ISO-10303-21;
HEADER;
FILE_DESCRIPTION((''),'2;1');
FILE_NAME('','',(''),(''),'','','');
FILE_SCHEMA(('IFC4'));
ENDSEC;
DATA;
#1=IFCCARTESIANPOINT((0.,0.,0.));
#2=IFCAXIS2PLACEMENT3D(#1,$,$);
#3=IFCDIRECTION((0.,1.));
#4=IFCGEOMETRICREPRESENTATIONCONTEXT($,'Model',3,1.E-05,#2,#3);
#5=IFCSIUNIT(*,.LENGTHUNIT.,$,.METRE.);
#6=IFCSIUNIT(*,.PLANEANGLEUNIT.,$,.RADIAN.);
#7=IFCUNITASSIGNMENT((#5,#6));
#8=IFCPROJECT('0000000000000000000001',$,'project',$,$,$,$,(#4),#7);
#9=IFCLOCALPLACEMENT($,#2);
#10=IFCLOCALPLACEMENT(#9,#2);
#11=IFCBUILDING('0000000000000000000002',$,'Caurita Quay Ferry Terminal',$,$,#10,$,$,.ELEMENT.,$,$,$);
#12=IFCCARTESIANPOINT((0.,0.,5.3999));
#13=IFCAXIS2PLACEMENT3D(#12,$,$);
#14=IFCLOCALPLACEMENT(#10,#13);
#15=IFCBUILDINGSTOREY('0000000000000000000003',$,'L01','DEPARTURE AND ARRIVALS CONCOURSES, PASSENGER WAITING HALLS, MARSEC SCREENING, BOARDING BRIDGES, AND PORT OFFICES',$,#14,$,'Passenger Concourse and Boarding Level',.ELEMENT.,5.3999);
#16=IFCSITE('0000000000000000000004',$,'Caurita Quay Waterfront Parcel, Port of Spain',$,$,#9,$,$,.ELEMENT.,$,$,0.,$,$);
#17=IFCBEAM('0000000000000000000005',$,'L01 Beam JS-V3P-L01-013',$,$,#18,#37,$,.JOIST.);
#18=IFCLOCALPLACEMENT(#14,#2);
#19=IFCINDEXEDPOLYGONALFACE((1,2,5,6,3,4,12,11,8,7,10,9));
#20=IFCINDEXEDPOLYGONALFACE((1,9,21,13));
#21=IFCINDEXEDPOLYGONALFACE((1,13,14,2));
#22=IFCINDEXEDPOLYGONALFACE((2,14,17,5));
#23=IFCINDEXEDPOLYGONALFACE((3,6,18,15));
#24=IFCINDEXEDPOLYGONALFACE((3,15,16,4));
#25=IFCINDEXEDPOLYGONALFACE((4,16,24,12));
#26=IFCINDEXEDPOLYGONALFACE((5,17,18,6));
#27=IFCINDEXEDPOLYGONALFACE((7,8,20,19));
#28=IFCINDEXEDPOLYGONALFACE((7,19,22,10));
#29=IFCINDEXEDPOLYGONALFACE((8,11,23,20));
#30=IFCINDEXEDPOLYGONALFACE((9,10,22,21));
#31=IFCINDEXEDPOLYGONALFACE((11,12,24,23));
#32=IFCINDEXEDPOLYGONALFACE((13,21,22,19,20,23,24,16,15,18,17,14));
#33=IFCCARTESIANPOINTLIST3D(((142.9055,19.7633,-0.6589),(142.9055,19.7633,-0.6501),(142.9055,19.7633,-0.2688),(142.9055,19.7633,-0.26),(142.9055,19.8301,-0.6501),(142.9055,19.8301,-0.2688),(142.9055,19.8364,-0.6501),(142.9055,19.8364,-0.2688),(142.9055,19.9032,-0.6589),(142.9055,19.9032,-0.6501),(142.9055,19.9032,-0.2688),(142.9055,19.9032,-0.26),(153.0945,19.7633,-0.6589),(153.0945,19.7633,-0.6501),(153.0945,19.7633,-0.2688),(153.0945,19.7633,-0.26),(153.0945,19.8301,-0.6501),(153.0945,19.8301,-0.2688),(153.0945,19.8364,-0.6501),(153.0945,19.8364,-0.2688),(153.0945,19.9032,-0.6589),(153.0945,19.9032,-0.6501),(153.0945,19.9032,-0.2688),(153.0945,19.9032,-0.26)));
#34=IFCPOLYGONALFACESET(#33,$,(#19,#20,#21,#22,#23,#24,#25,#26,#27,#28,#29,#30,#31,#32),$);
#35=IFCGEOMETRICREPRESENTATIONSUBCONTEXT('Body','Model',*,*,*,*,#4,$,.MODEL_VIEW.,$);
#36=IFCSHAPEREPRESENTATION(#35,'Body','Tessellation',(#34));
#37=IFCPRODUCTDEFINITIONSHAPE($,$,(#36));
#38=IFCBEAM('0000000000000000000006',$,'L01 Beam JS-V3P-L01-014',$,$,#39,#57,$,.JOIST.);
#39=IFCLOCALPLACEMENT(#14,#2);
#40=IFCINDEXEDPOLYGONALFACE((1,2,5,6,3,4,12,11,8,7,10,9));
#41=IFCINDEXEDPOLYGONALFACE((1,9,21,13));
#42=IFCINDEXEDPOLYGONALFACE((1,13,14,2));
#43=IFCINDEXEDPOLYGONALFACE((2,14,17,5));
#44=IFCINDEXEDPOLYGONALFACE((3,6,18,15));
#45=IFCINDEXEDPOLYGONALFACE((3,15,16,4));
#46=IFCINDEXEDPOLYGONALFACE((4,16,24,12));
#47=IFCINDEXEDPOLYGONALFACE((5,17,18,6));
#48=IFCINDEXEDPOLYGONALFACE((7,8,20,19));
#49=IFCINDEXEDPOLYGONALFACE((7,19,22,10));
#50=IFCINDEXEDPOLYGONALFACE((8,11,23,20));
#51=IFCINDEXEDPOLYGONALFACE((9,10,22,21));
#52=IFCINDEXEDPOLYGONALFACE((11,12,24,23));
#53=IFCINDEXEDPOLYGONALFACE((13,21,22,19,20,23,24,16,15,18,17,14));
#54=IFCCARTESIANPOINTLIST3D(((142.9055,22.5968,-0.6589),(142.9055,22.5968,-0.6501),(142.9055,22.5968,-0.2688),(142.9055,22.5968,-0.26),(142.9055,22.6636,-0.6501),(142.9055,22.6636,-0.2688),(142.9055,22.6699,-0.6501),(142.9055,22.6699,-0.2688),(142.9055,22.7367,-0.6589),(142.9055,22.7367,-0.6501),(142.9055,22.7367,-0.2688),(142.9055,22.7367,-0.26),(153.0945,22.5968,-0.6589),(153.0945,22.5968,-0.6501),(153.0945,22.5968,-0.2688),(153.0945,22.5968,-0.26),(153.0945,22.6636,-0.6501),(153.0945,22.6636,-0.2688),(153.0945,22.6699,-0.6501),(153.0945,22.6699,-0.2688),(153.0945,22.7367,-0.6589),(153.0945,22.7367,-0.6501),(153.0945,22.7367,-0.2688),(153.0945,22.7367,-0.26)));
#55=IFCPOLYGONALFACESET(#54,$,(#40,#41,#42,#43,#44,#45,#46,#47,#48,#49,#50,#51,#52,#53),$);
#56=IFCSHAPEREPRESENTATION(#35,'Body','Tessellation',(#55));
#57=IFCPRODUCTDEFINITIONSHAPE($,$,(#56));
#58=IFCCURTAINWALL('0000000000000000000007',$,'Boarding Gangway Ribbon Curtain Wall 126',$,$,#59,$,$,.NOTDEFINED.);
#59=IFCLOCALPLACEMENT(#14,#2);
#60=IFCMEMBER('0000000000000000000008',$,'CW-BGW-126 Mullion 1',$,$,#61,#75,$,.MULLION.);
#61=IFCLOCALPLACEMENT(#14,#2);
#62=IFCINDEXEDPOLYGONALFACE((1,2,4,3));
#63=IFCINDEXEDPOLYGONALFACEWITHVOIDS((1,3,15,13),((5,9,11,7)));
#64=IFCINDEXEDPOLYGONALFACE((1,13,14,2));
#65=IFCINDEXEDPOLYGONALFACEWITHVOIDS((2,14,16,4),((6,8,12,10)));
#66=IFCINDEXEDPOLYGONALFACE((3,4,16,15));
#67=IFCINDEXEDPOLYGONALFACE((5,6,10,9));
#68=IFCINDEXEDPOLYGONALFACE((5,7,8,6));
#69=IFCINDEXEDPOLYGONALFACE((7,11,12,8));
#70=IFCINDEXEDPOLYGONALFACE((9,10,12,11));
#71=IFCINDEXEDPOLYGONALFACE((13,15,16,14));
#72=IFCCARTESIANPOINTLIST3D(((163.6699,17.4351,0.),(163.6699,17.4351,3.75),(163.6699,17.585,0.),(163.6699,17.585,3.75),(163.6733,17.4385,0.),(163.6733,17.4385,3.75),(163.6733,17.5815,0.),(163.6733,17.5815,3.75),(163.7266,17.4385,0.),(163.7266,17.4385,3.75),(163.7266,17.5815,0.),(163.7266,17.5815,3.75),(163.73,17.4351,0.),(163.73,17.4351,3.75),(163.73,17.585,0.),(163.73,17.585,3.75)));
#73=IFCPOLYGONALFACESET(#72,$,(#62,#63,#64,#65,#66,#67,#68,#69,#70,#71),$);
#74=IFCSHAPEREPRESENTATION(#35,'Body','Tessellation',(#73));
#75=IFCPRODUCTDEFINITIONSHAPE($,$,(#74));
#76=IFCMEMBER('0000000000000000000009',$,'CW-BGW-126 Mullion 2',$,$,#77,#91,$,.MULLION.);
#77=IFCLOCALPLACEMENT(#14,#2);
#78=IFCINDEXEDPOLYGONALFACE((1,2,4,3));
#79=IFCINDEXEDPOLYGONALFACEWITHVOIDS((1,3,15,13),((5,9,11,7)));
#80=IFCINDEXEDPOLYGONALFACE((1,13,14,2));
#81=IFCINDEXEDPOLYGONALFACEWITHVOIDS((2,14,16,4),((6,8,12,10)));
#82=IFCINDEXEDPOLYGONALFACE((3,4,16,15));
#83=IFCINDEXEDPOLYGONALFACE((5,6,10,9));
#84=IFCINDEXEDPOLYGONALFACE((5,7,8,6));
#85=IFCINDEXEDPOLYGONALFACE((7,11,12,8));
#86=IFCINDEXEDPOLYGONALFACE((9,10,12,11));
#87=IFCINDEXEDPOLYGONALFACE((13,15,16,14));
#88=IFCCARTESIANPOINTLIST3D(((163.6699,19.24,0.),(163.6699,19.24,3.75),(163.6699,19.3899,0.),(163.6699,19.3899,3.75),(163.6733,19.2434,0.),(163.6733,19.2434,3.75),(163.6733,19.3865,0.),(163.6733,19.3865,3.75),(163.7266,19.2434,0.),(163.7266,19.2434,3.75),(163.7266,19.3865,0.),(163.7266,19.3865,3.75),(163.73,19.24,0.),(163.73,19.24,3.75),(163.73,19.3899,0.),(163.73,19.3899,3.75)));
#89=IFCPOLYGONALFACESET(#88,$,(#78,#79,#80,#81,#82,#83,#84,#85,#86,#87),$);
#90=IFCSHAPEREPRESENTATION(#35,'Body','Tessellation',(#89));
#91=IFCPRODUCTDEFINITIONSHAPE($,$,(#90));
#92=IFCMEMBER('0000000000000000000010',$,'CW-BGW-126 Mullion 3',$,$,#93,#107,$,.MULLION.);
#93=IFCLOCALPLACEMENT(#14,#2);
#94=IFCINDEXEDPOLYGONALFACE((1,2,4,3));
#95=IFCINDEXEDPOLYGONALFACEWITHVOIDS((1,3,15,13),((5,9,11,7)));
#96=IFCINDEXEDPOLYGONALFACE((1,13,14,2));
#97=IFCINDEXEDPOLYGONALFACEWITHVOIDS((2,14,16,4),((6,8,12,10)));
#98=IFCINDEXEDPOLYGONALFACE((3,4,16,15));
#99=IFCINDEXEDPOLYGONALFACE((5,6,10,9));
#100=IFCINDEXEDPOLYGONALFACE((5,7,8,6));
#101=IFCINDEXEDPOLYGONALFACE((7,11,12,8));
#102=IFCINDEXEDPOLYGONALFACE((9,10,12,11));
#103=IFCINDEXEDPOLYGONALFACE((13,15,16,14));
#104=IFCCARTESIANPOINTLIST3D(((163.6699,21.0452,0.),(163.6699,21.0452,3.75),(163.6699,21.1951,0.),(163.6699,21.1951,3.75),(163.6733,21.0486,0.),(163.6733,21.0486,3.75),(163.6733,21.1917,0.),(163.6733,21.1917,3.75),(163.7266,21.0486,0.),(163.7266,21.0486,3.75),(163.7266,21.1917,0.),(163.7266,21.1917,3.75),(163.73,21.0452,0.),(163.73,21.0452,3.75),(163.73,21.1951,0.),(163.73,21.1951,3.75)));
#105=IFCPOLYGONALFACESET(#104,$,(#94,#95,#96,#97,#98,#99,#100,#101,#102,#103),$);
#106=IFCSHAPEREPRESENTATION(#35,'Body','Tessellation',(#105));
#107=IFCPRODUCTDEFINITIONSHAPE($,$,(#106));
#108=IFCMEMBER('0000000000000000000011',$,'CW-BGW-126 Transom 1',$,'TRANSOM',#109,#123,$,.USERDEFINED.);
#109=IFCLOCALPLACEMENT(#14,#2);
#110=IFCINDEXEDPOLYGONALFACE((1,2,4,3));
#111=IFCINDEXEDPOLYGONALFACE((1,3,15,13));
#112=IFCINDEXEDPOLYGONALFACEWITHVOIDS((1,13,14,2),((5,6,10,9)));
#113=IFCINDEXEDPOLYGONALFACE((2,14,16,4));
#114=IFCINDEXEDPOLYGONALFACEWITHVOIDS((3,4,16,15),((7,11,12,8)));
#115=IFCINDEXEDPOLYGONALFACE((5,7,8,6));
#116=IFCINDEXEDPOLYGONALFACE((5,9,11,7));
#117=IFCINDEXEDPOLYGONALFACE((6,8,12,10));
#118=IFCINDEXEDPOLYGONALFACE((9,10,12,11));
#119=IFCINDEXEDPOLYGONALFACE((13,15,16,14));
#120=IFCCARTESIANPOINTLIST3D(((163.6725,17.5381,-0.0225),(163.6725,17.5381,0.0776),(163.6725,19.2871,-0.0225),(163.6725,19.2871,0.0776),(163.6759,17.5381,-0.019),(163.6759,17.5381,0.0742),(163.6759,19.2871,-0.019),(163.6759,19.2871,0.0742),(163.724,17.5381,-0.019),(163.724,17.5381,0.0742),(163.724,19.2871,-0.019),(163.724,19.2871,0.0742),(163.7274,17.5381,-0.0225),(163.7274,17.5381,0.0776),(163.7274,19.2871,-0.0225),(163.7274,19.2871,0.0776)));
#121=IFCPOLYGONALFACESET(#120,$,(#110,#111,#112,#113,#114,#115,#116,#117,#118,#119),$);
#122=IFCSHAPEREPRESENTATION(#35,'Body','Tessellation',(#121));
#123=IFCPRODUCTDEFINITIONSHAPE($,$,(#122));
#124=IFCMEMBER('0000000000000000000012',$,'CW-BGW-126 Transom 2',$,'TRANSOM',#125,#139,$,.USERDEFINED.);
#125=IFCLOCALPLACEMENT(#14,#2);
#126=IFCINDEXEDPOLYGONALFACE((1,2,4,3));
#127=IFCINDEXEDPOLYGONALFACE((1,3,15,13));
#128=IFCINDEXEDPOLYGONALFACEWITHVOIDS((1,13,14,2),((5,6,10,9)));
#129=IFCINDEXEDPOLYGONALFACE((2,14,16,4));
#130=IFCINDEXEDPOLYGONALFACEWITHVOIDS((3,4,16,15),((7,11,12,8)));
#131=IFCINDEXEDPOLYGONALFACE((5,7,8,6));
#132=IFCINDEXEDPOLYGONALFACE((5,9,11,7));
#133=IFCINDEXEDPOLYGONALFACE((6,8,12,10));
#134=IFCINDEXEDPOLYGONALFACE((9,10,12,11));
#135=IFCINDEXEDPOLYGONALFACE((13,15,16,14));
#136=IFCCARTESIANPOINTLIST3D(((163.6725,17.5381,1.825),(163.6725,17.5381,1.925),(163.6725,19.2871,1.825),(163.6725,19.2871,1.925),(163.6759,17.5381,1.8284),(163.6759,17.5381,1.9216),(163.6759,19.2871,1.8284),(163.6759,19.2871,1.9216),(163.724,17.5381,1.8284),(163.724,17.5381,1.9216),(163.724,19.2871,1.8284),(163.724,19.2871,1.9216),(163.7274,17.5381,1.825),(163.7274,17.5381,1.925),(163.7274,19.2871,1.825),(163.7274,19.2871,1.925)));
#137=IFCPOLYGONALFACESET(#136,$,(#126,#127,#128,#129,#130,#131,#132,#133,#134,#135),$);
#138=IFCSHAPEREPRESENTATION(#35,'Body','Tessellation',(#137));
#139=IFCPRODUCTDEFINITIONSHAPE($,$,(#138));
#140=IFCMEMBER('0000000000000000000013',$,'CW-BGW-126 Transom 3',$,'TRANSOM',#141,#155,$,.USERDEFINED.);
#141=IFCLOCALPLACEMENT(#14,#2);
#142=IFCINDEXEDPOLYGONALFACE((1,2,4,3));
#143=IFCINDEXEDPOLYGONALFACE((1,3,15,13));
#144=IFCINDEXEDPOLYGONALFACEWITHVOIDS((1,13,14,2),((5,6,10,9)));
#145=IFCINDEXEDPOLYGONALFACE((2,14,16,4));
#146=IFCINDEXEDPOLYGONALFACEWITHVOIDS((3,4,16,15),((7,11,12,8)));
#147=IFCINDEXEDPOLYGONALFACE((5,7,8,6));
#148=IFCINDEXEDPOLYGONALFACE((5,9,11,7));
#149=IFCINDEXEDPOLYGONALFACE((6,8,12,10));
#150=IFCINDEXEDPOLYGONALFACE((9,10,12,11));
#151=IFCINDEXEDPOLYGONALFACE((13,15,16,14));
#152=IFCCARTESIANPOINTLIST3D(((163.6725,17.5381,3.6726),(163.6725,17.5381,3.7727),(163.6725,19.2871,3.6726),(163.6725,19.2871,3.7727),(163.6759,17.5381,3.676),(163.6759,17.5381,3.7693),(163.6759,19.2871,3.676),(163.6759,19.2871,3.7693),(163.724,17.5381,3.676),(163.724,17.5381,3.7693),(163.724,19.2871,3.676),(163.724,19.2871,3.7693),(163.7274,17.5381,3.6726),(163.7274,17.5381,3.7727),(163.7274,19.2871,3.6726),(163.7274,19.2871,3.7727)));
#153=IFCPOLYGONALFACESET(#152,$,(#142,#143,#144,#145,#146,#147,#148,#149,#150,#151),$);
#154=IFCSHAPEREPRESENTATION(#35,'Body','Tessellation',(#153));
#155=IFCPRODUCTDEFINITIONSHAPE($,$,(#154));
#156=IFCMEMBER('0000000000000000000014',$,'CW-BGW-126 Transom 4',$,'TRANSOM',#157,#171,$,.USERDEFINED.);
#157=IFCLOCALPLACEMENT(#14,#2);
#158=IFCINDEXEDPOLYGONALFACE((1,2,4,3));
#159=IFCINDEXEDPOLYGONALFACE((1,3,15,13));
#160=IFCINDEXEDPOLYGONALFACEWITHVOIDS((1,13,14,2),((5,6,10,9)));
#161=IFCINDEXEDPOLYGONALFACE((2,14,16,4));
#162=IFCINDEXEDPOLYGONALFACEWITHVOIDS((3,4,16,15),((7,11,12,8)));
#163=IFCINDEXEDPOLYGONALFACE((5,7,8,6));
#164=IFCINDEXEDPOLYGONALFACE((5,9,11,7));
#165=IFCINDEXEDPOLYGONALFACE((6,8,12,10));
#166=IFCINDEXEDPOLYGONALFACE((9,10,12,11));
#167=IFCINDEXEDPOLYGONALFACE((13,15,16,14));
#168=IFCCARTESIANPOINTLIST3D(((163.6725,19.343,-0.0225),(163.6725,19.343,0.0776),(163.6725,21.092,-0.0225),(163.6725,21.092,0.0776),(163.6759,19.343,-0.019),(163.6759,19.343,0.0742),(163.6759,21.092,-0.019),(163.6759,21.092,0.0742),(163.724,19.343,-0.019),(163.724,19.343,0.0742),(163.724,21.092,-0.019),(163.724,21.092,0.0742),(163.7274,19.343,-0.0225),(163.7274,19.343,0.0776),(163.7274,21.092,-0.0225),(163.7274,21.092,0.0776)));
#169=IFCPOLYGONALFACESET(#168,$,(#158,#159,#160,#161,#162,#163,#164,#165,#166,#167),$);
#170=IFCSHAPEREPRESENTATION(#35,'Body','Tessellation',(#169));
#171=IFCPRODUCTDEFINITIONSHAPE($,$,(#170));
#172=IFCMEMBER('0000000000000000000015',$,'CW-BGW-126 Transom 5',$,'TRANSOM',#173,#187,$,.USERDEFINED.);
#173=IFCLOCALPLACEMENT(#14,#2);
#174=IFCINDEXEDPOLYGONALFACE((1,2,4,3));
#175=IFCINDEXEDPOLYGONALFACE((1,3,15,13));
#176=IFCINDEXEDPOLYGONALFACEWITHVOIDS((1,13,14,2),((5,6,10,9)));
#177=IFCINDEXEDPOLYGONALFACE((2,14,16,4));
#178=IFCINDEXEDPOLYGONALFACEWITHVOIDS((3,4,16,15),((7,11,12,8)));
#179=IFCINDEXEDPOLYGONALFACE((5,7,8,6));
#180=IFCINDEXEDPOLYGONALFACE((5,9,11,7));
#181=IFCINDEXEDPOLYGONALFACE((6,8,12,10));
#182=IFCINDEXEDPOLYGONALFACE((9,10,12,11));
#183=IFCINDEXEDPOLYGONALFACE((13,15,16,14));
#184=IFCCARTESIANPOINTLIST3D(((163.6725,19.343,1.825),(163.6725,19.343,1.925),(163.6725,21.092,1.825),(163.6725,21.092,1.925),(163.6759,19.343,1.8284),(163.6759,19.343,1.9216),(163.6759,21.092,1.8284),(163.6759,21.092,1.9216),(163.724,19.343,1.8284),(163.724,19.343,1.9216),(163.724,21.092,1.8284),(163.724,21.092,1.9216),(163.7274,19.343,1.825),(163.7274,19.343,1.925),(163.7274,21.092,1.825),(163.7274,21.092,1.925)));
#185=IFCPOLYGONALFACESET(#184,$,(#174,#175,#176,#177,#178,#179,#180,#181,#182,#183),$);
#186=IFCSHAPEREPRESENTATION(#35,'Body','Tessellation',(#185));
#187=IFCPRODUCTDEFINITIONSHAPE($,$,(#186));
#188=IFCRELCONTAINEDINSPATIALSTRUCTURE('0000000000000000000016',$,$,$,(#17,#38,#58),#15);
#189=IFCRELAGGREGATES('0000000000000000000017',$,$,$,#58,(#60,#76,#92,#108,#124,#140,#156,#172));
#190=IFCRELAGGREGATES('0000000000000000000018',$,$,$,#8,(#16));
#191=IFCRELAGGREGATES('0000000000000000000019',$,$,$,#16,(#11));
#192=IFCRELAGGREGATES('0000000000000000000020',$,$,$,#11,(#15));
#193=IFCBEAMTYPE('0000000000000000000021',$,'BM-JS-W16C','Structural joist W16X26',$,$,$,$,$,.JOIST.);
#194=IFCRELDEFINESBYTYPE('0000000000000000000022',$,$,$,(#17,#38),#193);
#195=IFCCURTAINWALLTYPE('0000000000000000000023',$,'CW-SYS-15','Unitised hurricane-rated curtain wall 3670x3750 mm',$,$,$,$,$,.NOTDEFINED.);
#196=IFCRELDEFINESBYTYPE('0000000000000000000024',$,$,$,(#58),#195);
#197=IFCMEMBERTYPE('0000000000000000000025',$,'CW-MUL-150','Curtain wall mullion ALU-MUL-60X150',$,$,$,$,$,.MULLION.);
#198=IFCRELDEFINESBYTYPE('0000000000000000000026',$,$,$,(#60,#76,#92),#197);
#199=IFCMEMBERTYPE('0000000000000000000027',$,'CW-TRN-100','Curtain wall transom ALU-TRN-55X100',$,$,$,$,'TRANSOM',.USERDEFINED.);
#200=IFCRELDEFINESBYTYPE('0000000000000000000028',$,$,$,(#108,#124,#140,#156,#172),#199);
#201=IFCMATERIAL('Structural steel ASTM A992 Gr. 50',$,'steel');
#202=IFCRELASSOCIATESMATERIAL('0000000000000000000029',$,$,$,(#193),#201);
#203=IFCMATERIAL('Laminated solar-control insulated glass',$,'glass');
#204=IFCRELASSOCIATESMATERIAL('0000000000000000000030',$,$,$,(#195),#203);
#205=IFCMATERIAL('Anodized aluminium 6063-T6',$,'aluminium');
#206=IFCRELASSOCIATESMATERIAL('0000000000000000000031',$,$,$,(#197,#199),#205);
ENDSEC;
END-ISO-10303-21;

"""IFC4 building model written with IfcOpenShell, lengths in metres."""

from ifc_helpers import new_model, si_unit, direction, frame, origin, origin_2d, place, context, subcontext, project, spatial, hollow_rectangle, i_section, extrude, material, material_profile, profile_set, type_object, element, aggregate, save


model = new_model("IFC4")

# Units and contexts
model_context = context("Model", 3, precision=1e-05, world=origin(), true_north=direction((0.0, 1.0)))
body_context = subcontext(model_context, "Body", "Model", "MODEL_VIEW")
ifc_project = project(units=[si_unit("LENGTHUNIT", "METRE"), si_unit("PLANEANGLEUNIT", "RADIAN")], contexts=[model_context])

# Site, building, storey
site_placement = place(None, origin())
site = spatial("IfcSite", under=ifc_project, at=site_placement, Name="Caurita Quay Waterfront Parcel, Port of Spain", CompositionType="ELEMENT", RefElevation=0.0)
building_placement = place(site_placement, origin())
building = spatial("IfcBuilding", under=site, at=building_placement, Name="Caurita Quay Ferry Terminal", CompositionType="ELEMENT")
storey_placement = place(building_placement, frame((0.0, 0.0, 5.3999)))
storey = spatial("IfcBuildingStorey", under=building, at=storey_placement, Name="L01", Description="DEPARTURE AND ARRIVALS CONCOURSES, PASSENGER WAITING HALLS, MARSEC SCREENING, BOARDING BRIDGES, AND PORT OFFICES", LongName="Passenger Concourse and Boarding Level", CompositionType="ELEMENT", Elevation=5.3999)

# Beams
ifc_material_1 = material(Name="Structural steel ASTM A992 Gr. 50", Category="steel")
ifc_material_profile_1 = material_profile(ifc_material_1, i_section(OverallWidth=0.1399, OverallDepth=0.3989, WebThickness=0.0063, FlangeThickness=0.0088, at=origin_2d()), Name="W16X26")
ifc_profile_set_1 = profile_set([ifc_material_profile_1], Name="Structural steel ASTM A992 Gr. 50")
beam_type_1 = type_object("IfcBeamType", Name="BM-JS-W16C", Description="Structural joist W16X26", PredefinedType="JOIST", material=ifc_profile_set_1)
for number, where, z_axis, x_axis, name in (
    (1, (142.9055, 19.8333, -0.4595), (1.0, 0.0, 0.0), (0.0, 1.0, 0.0), "L01 Beam JS-V3P-L01-013"),
    (2, (142.9055, 22.6667, -0.4595), (1.0, 0.0, 0.0), (0.0, 1.0, 0.0), "L01 Beam JS-V3P-L01-014"),
):
    element("IfcBeam", number, at=place(storey_placement, frame(where, z_axis=z_axis, x_axis=x_axis)), inside=storey, type_object=beam_type_1, Name=name, PredefinedType="JOIST", context=body_context, shape_type="SweptSolid", body=[
        extrude(i_section(OverallWidth=0.1399, OverallDepth=0.3989, WebThickness=0.0063, FlangeThickness=0.0088, at=origin_2d()), origin(), (0.0, 0.0, 1.0), 10.189),
    ])

# Curtain wall, members
ifc_material_2 = material(Name="Laminated solar-control insulated glass", Category="glass")
curtain_wall_type = type_object("IfcCurtainWallType", Name="CW-SYS-15", Description="Unitised hurricane-rated curtain wall 3670x3750 mm", PredefinedType="NOTDEFINED", material=ifc_material_2)
curtain_wall_placement = place(storey_placement, origin())
curtain_wall = element("IfcCurtainWall", 3, at=curtain_wall_placement, inside=storey, type_object=curtain_wall_type, Name="Boarding Gangway Ribbon Curtain Wall 126", PredefinedType="NOTDEFINED")
ifc_material_3 = material(Name="Anodized aluminium 6063-T6", Category="aluminium")
ifc_material_profile_2 = material_profile(ifc_material_3, hollow_rectangle(XDim=0.0601, YDim=0.1499, WallThickness=0.0034, at=origin_2d()), Name="ALU-MUL-60X150")
ifc_profile_set_2 = profile_set([ifc_material_profile_2], Name="Anodized aluminium 6063-T6")
member_type_1 = type_object("IfcMemberType", Name="CW-MUL-150", Description="Curtain wall mullion ALU-MUL-60X150", PredefinedType="MULLION", material=ifc_profile_set_2)
member_1_placement = place(storey_placement, frame((163.7, 17.51, 0.0), z_axis=(0.0, 0.0, 1.0), x_axis=(-1.0, 0.0, 0.0)))
member_1 = element("IfcMember", 4, at=member_1_placement, type_object=member_type_1, Name="CW-BGW-126 Mullion 1", PredefinedType="MULLION", context=body_context, shape_type="SweptSolid", body=[
    extrude(hollow_rectangle(XDim=0.0601, YDim=0.1499, WallThickness=0.0034, at=origin_2d()), origin(), (0.0, 0.0, 1.0), 3.75),
])
member_2_placement = place(storey_placement, frame((163.7, 19.3149, 0.0), z_axis=(0.0, 0.0, 1.0), x_axis=(-1.0, 0.0, 0.0)))
member_2 = element("IfcMember", 5, at=member_2_placement, type_object=member_type_1, Name="CW-BGW-126 Mullion 2", PredefinedType="MULLION", context=body_context, shape_type="SweptSolid", body=[
    extrude(hollow_rectangle(XDim=0.0601, YDim=0.1499, WallThickness=0.0034, at=origin_2d()), origin(), (0.0, 0.0, 1.0), 3.75),
])
member_3_placement = place(storey_placement, frame((163.7, 21.1201, 0.0), z_axis=(0.0, 0.0, 1.0), x_axis=(-1.0, 0.0, 0.0)))
member_3 = element("IfcMember", 6, at=member_3_placement, type_object=member_type_1, Name="CW-BGW-126 Mullion 3", PredefinedType="MULLION", context=body_context, shape_type="SweptSolid", body=[
    extrude(hollow_rectangle(XDim=0.0601, YDim=0.1499, WallThickness=0.0034, at=origin_2d()), origin(), (0.0, 0.0, 1.0), 3.75),
])
ifc_material_profile_3 = material_profile(ifc_material_3, hollow_rectangle(XDim=0.0549, YDim=0.1001, WallThickness=0.0034, at=origin_2d()), Name="ALU-TRN-55X100")
ifc_profile_set_3 = profile_set([ifc_material_profile_3], Name="Anodized aluminium 6063-T6")
member_type_2 = type_object("IfcMemberType", Name="CW-TRN-100", Description="Curtain wall transom ALU-TRN-55X100", ElementType="TRANSOM", PredefinedType="USERDEFINED", material=ifc_profile_set_3)
member_4_placement = place(storey_placement, frame((163.7, 17.5381, 0.0276), z_axis=(0.0, 1.0, 0.0), x_axis=(-1.0, 0.0, 0.0)))
member_4 = element("IfcMember", 7, at=member_4_placement, type_object=member_type_2, Name="CW-BGW-126 Transom 1", ObjectType="TRANSOM", PredefinedType="USERDEFINED", context=body_context, shape_type="SweptSolid", body=[
    extrude(hollow_rectangle(XDim=0.0549, YDim=0.1001, WallThickness=0.0034, at=origin_2d()), origin(), (0.0, 0.0, 1.0), 1.749),
])
member_5_placement = place(storey_placement, frame((163.7, 17.5381, 1.875), z_axis=(0.0, 1.0, 0.0), x_axis=(-1.0, 0.0, 0.0)))
member_5 = element("IfcMember", 8, at=member_5_placement, type_object=member_type_2, Name="CW-BGW-126 Transom 2", ObjectType="TRANSOM", PredefinedType="USERDEFINED", context=body_context, shape_type="SweptSolid", body=[
    extrude(hollow_rectangle(XDim=0.0549, YDim=0.1001, WallThickness=0.0034, at=origin_2d()), origin(), (0.0, 0.0, 1.0), 1.749),
])
member_6_placement = place(storey_placement, frame((163.7, 17.5381, 3.7227), z_axis=(0.0, 1.0, 0.0), x_axis=(-1.0, 0.0, 0.0)))
member_6 = element("IfcMember", 9, at=member_6_placement, type_object=member_type_2, Name="CW-BGW-126 Transom 3", ObjectType="TRANSOM", PredefinedType="USERDEFINED", context=body_context, shape_type="SweptSolid", body=[
    extrude(hollow_rectangle(XDim=0.0549, YDim=0.1001, WallThickness=0.0034, at=origin_2d()), origin(), (0.0, 0.0, 1.0), 1.749),
])
member_7_placement = place(storey_placement, frame((163.7, 19.343, 0.0276), z_axis=(0.0, 1.0, 0.0), x_axis=(-1.0, 0.0, 0.0)))
member_7 = element("IfcMember", 10, at=member_7_placement, type_object=member_type_2, Name="CW-BGW-126 Transom 4", ObjectType="TRANSOM", PredefinedType="USERDEFINED", context=body_context, shape_type="SweptSolid", body=[
    extrude(hollow_rectangle(XDim=0.0549, YDim=0.1001, WallThickness=0.0034, at=origin_2d()), origin(), (0.0, 0.0, 1.0), 1.749),
])
member_8_placement = place(storey_placement, frame((163.7, 19.343, 1.875), z_axis=(0.0, 1.0, 0.0), x_axis=(-1.0, 0.0, 0.0)))
member_8 = element("IfcMember", 11, at=member_8_placement, type_object=member_type_2, Name="CW-BGW-126 Transom 5", ObjectType="TRANSOM", PredefinedType="USERDEFINED", context=body_context, shape_type="SweptSolid", body=[
    extrude(hollow_rectangle(XDim=0.0549, YDim=0.1001, WallThickness=0.0034, at=origin_2d()), origin(), (0.0, 0.0, 1.0), 1.749),
])
aggregate(curtain_wall, [member_1, member_2, member_3, member_4, member_5, member_6, member_7, member_8])

save(model, "model.ifc")
